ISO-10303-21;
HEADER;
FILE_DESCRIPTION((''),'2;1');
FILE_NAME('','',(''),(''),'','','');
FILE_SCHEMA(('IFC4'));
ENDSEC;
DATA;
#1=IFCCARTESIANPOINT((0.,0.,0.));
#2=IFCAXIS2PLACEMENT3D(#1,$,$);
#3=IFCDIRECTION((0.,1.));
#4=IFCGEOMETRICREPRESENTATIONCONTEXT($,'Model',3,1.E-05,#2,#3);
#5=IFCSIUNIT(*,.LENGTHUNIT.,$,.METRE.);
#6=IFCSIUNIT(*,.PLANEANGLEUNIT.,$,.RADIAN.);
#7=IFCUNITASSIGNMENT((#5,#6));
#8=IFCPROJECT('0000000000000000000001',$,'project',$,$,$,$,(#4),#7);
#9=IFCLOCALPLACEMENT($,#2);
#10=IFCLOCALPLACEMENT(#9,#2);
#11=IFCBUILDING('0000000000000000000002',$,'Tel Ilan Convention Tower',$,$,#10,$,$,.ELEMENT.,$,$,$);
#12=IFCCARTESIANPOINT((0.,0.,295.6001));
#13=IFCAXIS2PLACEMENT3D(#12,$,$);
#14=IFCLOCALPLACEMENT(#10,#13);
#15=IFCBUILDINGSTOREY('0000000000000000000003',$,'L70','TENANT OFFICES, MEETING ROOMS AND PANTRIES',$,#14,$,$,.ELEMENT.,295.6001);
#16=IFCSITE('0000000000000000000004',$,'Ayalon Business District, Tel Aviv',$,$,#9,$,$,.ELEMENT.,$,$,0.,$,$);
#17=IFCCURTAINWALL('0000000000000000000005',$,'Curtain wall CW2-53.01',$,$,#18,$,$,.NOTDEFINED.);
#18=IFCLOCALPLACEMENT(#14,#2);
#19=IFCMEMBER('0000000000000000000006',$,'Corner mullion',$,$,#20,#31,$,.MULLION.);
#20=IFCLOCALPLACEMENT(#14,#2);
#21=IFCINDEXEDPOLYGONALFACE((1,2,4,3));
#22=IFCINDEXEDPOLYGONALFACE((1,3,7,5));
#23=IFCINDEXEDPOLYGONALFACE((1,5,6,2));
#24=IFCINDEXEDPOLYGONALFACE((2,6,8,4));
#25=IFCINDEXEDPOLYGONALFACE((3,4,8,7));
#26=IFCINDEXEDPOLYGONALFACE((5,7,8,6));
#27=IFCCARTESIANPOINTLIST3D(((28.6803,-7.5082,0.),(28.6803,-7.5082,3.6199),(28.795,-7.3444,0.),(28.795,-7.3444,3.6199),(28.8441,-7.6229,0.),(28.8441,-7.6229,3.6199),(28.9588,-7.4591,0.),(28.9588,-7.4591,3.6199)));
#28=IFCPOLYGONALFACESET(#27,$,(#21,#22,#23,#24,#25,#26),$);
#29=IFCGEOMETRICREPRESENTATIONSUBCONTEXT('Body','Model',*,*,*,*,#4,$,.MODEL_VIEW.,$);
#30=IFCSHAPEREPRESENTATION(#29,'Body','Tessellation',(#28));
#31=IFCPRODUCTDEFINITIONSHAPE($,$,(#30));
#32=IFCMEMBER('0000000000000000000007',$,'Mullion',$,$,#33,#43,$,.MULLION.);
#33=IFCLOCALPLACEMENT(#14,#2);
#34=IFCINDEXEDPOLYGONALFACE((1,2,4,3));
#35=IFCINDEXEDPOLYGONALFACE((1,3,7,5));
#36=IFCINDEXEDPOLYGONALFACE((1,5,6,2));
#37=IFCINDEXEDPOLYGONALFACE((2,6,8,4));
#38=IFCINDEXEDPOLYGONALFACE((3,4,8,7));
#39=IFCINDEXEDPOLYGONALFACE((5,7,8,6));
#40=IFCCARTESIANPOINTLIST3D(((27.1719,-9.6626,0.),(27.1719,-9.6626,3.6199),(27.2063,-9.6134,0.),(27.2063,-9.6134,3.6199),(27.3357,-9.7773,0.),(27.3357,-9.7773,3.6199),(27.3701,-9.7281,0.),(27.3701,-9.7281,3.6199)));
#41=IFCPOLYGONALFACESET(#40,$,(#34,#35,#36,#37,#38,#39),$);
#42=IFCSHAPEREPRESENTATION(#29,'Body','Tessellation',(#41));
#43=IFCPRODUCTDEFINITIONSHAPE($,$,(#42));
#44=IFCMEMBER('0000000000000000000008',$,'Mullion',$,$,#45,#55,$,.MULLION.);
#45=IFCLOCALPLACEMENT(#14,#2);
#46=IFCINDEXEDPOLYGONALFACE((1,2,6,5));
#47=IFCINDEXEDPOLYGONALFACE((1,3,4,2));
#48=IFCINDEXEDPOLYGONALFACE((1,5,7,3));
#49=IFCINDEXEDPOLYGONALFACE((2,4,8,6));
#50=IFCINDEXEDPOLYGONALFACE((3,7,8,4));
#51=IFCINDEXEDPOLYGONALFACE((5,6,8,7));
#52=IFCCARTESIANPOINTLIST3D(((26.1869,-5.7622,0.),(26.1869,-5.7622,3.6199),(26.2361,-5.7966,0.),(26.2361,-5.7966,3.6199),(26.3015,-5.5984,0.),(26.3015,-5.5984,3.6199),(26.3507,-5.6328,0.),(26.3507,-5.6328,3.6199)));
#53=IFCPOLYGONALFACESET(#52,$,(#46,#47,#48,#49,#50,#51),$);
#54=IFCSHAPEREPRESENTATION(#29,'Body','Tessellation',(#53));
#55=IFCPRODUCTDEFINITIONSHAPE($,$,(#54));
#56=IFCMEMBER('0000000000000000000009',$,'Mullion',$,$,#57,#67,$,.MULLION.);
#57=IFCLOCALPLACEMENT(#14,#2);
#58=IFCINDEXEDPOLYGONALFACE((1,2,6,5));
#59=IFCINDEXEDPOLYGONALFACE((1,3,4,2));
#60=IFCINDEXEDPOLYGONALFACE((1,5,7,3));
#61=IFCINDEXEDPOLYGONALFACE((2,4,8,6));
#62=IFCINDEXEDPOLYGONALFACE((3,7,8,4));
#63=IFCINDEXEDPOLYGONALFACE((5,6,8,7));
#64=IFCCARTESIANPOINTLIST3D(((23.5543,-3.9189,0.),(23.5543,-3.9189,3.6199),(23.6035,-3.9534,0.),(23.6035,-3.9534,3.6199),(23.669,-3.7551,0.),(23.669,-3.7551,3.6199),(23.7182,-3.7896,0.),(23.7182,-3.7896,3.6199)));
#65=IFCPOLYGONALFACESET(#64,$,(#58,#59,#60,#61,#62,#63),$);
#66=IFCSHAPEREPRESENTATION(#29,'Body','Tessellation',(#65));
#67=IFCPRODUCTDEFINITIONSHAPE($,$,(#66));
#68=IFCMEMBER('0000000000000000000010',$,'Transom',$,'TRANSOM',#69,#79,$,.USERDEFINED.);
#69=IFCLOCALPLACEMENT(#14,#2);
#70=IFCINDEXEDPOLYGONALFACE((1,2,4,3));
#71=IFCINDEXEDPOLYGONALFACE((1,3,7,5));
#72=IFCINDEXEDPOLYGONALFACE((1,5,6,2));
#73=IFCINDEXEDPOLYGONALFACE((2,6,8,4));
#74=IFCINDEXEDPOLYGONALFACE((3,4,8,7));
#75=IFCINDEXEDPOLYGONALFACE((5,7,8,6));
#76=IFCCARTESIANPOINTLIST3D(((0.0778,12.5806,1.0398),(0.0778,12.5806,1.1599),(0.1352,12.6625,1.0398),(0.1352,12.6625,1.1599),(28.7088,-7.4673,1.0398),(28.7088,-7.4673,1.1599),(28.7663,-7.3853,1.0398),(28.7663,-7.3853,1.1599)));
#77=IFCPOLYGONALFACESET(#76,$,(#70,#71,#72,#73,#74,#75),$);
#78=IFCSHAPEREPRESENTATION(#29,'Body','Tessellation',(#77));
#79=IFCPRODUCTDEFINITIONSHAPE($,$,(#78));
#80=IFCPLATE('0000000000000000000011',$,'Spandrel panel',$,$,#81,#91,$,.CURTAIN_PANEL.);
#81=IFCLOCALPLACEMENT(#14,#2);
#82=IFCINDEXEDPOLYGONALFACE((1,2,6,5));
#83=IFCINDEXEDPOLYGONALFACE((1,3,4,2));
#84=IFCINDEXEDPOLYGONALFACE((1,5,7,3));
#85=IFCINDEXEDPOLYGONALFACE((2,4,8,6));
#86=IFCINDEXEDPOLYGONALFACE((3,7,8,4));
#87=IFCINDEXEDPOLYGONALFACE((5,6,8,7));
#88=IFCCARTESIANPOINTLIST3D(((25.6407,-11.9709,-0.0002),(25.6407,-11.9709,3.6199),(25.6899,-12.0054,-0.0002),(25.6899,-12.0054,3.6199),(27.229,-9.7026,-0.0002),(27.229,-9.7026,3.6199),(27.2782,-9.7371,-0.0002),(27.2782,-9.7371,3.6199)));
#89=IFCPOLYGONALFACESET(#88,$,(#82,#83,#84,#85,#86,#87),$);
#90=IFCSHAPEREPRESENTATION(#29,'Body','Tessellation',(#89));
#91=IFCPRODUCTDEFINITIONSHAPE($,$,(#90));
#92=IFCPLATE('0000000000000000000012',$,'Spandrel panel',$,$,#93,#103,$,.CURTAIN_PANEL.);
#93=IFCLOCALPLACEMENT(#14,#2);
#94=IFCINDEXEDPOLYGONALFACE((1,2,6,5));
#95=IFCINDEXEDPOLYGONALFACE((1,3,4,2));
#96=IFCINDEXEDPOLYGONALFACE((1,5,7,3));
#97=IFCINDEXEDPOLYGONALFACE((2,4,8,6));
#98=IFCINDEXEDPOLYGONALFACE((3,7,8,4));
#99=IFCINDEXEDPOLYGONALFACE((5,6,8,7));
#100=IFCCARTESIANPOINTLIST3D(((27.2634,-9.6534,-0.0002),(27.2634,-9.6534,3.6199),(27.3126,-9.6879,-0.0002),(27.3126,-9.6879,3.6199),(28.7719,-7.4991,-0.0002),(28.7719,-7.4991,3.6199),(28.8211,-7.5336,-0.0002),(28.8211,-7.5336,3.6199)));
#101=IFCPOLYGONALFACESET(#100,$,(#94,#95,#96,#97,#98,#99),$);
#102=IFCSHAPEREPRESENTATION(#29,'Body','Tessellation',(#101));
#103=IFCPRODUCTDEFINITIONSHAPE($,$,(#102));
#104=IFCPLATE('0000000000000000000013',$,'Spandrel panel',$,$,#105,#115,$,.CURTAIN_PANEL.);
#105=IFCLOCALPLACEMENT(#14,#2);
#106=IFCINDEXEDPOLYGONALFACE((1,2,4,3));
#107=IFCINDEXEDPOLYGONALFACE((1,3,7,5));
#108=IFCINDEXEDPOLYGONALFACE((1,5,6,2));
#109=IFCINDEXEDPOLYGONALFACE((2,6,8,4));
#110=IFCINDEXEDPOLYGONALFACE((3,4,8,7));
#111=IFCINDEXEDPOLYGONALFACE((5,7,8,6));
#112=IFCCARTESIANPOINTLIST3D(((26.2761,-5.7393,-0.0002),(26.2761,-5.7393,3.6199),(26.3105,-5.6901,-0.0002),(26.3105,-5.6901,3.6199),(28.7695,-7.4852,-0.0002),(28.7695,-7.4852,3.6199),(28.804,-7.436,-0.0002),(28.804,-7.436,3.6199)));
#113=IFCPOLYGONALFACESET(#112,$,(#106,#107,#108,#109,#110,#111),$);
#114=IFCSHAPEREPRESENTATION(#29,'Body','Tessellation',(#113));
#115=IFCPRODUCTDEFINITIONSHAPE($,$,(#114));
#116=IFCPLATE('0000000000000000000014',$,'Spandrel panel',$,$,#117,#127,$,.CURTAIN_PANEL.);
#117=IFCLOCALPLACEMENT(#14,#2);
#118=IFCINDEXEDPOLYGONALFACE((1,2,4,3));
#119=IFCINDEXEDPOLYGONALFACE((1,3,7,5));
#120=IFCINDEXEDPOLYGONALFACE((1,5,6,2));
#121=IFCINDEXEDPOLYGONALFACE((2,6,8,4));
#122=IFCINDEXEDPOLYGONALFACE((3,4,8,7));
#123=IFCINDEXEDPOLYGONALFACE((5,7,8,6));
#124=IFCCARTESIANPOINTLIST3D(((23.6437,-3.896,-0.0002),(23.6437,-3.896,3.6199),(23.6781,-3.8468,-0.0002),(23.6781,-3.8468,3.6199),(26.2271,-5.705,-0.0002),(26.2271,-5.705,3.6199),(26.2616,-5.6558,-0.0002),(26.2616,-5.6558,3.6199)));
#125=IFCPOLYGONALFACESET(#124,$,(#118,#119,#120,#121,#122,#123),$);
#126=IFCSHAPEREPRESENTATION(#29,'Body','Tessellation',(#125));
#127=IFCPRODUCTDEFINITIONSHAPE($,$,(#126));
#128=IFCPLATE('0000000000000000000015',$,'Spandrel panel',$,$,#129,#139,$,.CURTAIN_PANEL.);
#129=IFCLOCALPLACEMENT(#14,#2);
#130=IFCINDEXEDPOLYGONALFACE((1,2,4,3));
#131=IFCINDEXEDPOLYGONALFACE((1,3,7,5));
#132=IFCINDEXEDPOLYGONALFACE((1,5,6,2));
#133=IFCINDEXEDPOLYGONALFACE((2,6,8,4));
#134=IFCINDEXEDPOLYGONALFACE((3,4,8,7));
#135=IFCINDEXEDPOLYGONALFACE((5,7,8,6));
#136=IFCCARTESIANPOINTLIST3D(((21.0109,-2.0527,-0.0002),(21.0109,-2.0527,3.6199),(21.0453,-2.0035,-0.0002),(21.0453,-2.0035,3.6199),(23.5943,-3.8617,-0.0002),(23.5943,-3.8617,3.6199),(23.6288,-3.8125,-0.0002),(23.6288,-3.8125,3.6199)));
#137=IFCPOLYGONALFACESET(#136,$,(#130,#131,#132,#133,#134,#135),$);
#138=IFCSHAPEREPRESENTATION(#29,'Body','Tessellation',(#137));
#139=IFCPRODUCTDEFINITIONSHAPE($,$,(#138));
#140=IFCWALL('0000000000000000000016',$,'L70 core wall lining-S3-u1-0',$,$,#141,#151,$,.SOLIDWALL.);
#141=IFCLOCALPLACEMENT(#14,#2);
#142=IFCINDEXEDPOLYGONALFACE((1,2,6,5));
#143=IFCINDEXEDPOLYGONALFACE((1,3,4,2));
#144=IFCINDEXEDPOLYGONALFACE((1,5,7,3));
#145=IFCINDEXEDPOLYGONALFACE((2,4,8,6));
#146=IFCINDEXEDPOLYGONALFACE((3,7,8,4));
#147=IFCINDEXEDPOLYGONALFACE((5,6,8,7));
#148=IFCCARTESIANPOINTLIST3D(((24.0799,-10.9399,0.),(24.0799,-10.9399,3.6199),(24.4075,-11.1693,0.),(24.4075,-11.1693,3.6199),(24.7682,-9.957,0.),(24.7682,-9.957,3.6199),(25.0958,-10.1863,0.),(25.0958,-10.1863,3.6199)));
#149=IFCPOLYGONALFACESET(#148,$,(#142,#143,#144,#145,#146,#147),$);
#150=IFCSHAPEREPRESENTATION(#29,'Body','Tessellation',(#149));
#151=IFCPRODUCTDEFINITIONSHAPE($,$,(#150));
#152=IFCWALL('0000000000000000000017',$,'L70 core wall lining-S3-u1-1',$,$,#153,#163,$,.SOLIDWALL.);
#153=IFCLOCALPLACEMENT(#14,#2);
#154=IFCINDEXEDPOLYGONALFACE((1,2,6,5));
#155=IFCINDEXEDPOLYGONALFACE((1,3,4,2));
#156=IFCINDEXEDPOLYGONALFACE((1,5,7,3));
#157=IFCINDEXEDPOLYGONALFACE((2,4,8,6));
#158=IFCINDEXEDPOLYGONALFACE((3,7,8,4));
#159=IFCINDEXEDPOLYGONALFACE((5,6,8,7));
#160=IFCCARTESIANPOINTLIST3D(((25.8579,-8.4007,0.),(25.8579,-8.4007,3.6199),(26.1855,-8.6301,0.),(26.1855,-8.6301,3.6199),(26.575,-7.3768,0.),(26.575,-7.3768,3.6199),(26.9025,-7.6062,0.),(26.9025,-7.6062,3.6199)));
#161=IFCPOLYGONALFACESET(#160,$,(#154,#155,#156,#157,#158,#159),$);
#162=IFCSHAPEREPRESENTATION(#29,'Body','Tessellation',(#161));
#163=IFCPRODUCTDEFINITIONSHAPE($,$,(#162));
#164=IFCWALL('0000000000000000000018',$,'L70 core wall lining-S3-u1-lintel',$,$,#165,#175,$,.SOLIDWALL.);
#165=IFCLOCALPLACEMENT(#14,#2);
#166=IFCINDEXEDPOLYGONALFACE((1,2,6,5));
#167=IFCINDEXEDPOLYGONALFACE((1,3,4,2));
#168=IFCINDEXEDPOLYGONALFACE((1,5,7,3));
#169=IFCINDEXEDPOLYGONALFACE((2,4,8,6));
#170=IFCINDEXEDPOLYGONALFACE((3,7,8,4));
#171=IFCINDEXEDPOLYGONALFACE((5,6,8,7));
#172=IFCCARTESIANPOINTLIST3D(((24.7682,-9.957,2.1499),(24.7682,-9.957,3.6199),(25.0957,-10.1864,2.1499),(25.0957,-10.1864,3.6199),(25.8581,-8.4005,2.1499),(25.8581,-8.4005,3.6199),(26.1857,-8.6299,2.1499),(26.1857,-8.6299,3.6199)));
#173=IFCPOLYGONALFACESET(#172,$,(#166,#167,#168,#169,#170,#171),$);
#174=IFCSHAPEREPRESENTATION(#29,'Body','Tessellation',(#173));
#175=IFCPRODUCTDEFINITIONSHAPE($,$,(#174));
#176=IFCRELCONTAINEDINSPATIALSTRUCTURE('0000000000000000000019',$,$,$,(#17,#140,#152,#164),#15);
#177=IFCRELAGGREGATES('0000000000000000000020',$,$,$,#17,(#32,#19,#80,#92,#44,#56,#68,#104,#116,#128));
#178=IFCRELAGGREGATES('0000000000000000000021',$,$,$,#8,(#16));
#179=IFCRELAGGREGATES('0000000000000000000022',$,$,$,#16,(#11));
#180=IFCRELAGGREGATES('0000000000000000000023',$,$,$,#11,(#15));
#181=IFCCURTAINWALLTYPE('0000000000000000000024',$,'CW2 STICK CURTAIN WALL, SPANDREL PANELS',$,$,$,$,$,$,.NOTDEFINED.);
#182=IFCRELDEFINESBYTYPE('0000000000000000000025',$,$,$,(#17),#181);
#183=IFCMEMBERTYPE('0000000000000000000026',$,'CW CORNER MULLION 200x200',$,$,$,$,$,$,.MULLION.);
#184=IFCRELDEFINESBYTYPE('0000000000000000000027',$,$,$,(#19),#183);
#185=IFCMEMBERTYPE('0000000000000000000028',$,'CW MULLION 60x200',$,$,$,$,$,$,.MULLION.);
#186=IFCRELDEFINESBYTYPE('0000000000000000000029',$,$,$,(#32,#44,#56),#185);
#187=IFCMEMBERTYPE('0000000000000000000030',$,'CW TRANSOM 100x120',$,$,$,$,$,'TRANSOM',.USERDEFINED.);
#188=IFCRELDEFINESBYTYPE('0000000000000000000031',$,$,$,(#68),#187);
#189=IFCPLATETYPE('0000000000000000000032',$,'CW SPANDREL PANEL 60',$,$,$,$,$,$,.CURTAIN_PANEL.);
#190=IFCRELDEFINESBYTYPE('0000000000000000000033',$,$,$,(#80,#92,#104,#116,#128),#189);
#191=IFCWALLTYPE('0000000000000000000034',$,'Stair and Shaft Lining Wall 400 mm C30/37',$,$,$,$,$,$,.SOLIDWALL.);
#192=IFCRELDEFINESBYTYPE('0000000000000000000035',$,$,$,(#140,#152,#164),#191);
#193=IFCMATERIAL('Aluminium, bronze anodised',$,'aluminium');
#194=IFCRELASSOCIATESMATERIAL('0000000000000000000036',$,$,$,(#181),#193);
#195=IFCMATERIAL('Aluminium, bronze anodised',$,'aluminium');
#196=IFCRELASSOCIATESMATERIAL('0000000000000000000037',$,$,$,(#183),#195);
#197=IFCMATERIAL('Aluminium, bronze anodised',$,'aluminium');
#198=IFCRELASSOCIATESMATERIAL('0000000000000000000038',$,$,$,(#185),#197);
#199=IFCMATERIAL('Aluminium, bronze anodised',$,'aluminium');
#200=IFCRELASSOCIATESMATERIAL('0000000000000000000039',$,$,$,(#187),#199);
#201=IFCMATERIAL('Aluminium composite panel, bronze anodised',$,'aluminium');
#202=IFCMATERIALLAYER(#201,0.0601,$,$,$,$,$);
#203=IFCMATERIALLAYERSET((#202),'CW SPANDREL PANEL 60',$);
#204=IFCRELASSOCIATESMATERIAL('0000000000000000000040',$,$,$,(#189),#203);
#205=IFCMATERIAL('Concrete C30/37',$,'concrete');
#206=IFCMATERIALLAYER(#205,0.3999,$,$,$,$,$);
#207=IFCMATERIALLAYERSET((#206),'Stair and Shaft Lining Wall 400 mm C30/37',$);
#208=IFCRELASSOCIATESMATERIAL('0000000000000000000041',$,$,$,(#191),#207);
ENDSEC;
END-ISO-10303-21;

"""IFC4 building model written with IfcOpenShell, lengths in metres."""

from ifc_helpers import new_model, si_unit, direction, frame, frame_2d, origin, origin_2d, place, context, subcontext, project, spatial, rectangle, extrude, material, layer, layer_set, material_profile, profile_set, type_object, element, aggregate, save


model = new_model("IFC4")

# Units and contexts
model_context = context("Model", 3, precision=1e-05, world=origin(), true_north=direction((0.0, 1.0)))
body_context = subcontext(model_context, "Body", "Model", "MODEL_VIEW")
ifc_project = project(units=[si_unit("LENGTHUNIT", "METRE"), si_unit("PLANEANGLEUNIT", "RADIAN")], contexts=[model_context])

# Site, building, storey
site_placement = place(None, origin())
site = spatial("IfcSite", under=ifc_project, at=site_placement, Name="Ayalon Business District, Tel Aviv", CompositionType="ELEMENT", RefElevation=0.0)
building_placement = place(site_placement, origin())
building = spatial("IfcBuilding", under=site, at=building_placement, Name="Tel Ilan Convention Tower", CompositionType="ELEMENT")
storey_placement = place(building_placement, frame((0.0, 0.0, 295.6001)))
storey = spatial("IfcBuildingStorey", under=building, at=storey_placement, Name="L70", Description="TENANT OFFICES, MEETING ROOMS AND PANTRIES", CompositionType="ELEMENT", Elevation=295.6001)

# Curtain wall, members, plates
ifc_material_1 = material(Name="Aluminium, bronze anodised", Category="aluminium")
curtain_wall_type = type_object("IfcCurtainWallType", Name="CW2 STICK CURTAIN WALL, SPANDREL PANELS", PredefinedType="NOTDEFINED", material=ifc_material_1)
curtain_wall_placement = place(storey_placement, origin())
curtain_wall = element("IfcCurtainWall", 1, at=curtain_wall_placement, inside=storey, type_object=curtain_wall_type, Name="Curtain wall CW2-53.01", PredefinedType="NOTDEFINED")
ifc_material_2 = material(Name="Aluminium, bronze anodised", Category="aluminium")
ifc_material_profile_1 = material_profile(ifc_material_2, rectangle(XDim=0.2, YDim=0.2, at=origin_2d()), Name="CW CORNER MULLION 200x200")
ifc_profile_set_1 = profile_set([ifc_material_profile_1], Name="Aluminium, bronze anodised")
member_type_1 = type_object("IfcMemberType", Name="CW CORNER MULLION 200x200", PredefinedType="MULLION", material=ifc_profile_set_1)
member_1_placement = place(storey_placement, frame((28.8196, -7.4836, 0.0), z_axis=(0.0, 0.0, 1.0), x_axis=(0.573576, 0.819152, 0.0)))
member_1 = element("IfcMember", 2, at=member_1_placement, type_object=member_type_1, Name="Corner mullion", PredefinedType="MULLION", context=body_context, shape_type="SweptSolid", body=[
    extrude(rectangle(XDim=0.2, YDim=0.2, at=origin_2d()), origin(), (0.0, 0.0, 1.0), 3.6199),
])
ifc_material_3 = material(Name="Aluminium, bronze anodised", Category="aluminium")
ifc_material_profile_2 = material_profile(ifc_material_3, rectangle(XDim=0.0601, YDim=0.2, at=origin_2d()), Name="CW MULLION 60x200")
ifc_profile_set_2 = profile_set([ifc_material_profile_2], Name="Aluminium, bronze anodised")
member_type_2 = type_object("IfcMemberType", Name="CW MULLION 60x200", PredefinedType="MULLION", material=ifc_profile_set_2)
member_2_placement = place(storey_placement, frame((27.271, -9.6953, 0.0), z_axis=(0.0, 0.0, 1.0), x_axis=(0.573576, 0.819152, 0.0)))
member_2 = element("IfcMember", 3, at=member_2_placement, type_object=member_type_2, Name="Mullion", PredefinedType="MULLION", context=body_context, shape_type="SweptSolid", body=[
    extrude(rectangle(XDim=0.0601, YDim=0.2, at=origin_2d()), origin(), (0.0, 0.0, 1.0), 3.6199),
])
member_3_placement = place(storey_placement, frame((26.2688, -5.6975, 0.0), z_axis=(0.0, 0.0, 1.0), x_axis=(-0.819152, 0.573576, 0.0)))
member_3 = element("IfcMember", 4, at=member_3_placement, type_object=member_type_2, Name="Mullion", PredefinedType="MULLION", context=body_context, shape_type="SweptSolid", body=[
    extrude(rectangle(XDim=0.0601, YDim=0.2, at=origin_2d()), origin(), (0.0, 0.0, 1.0), 3.6199),
])
member_4_placement = place(storey_placement, frame((23.6362, -3.8542, 0.0), z_axis=(0.0, 0.0, 1.0), x_axis=(-0.819152, 0.573576, 0.0)))
member_4 = element("IfcMember", 5, at=member_4_placement, type_object=member_type_2, Name="Mullion", PredefinedType="MULLION", context=body_context, shape_type="SweptSolid", body=[
    extrude(rectangle(XDim=0.0601, YDim=0.2, at=origin_2d()), origin(), (0.0, 0.0, 1.0), 3.6199),
])
ifc_material_4 = material(Name="Aluminium, bronze anodised", Category="aluminium")
ifc_material_profile_3 = material_profile(ifc_material_4, rectangle(XDim=0.1001, YDim=0.1201, at=origin_2d()), Name="CW TRANSOM 100x120")
ifc_profile_set_3 = profile_set([ifc_material_profile_3], Name="Aluminium, bronze anodised")
member_type_3 = type_object("IfcMemberType", Name="CW TRANSOM 100x120", ElementType="TRANSOM", PredefinedType="USERDEFINED", material=ifc_profile_set_3)
member_5_placement = place(storey_placement, frame((28.7375, -7.4263, 1.0999), z_axis=(-0.81915, 0.573579, 0.0), x_axis=(-0.573579, -0.81915, 0.0)))
member_5 = element("IfcMember", 6, at=member_5_placement, type_object=member_type_3, Name="Transom", ObjectType="TRANSOM", PredefinedType="USERDEFINED", context=body_context, shape_type="SweptSolid", body=[
    extrude(rectangle(XDim=0.1001, YDim=0.1201, at=origin_2d()), origin(), (0.0, 0.0, 1.0), 34.9521),
])
ifc_material_5 = material(Name="Aluminium composite panel, bronze anodised", Category="aluminium")
ifc_layer_1 = layer(ifc_material_5, 0.0601)
ifc_layer_set_1 = layer_set([ifc_layer_1], Name="CW SPANDREL PANEL 60")
plate_type = type_object("IfcPlateType", Name="CW SPANDREL PANEL 60", PredefinedType="CURTAIN_PANEL", material=ifc_layer_set_1)
plate_1_placement = place(storey_placement, frame((26.4595, -10.854, -0.0002), z_axis=(0.0, 0.0, 1.0), x_axis=(0.573576, 0.819152, 0.0)))
plate_1 = element("IfcPlate", 7, at=plate_1_placement, type_object=plate_type, Name="Spandrel panel", PredefinedType="CURTAIN_PANEL", context=body_context, shape_type="SweptSolid", body=[
    extrude(rectangle(XDim=2.769, YDim=0.0601, at=origin_2d()), origin(), (0.0, 0.0, 1.0), 3.6201),
])
plate_2_placement = place(storey_placement, frame((28.0422, -8.5935, -0.0002), z_axis=(0.0, 0.0, 1.0), x_axis=(0.573576, 0.819152, 0.0)))
plate_2 = element("IfcPlate", 8, at=plate_2_placement, type_object=plate_type, Name="Spandrel panel", PredefinedType="CURTAIN_PANEL", context=body_context, shape_type="SweptSolid", body=[
    extrude(rectangle(XDim=2.6299, YDim=0.0601, at=origin_2d()), origin(), (0.0, 0.0, 1.0), 3.6201),
])
plate_3_placement = place(storey_placement, frame((27.54, -6.5876, -0.0002), z_axis=(0.0, 0.0, 1.0), x_axis=(-0.819152, 0.573576, 0.0)))
plate_3 = element("IfcPlate", 9, at=plate_3_placement, type_object=plate_type, Name="Spandrel panel", PredefinedType="CURTAIN_PANEL", context=body_context, shape_type="SweptSolid", body=[
    extrude(rectangle(XDim=3.0439, YDim=0.0601, at=origin_2d()), origin(), (0.0, 0.0, 1.0), 3.6201),
])
plate_4_placement = place(storey_placement, frame((24.9526, -4.7759, -0.0002), z_axis=(0.0, 0.0, 1.0), x_axis=(-0.819152, 0.573576, 0.0)))
plate_4 = element("IfcPlate", 10, at=plate_4_placement, type_object=plate_type, Name="Spandrel panel", PredefinedType="CURTAIN_PANEL", context=body_context, shape_type="SweptSolid", body=[
    extrude(rectangle(XDim=3.1538, YDim=0.0601, at=origin_2d()), origin(), (0.0, 0.0, 1.0), 3.6201),
])
plate_5_placement = place(storey_placement, frame((22.3198, -2.9326, -0.0002), z_axis=(0.0, 0.0, 1.0), x_axis=(-0.819152, 0.573576, 0.0)))
plate_5 = element("IfcPlate", 11, at=plate_5_placement, type_object=plate_type, Name="Spandrel panel", PredefinedType="CURTAIN_PANEL", context=body_context, shape_type="SweptSolid", body=[
    extrude(rectangle(XDim=3.1538, YDim=0.0601, at=origin_2d()), origin(), (0.0, 0.0, 1.0), 3.6201),
])
aggregate(curtain_wall, [member_2, member_1, plate_1, plate_2, member_3, member_4, member_5, plate_3, plate_4, plate_5])

# Walls
ifc_material_6 = material(Name="Concrete C30/37", Category="concrete")
ifc_layer_2 = layer(ifc_material_6, 0.3999)
ifc_layer_set_2 = layer_set([ifc_layer_2], Name="Stair and Shaft Lining Wall 400 mm C30/37")
wall_type = type_object("IfcWallType", Name="Stair and Shaft Lining Wall 400 mm C30/37", PredefinedType="SOLIDWALL", material=ifc_layer_set_2)
wall_1_placement = place(storey_placement, frame((24.2437, -11.0547, 0.0), z_axis=(0.0, 0.0, 1.0), x_axis=(0.573572, 0.819155, 0.0)))
element("IfcWall", 12, at=wall_1_placement, inside=storey, type_object=wall_type, Name="L70 core wall lining-S3-u1-0", PredefinedType="SOLIDWALL", context=body_context, shape_type="SweptSolid", body=[
    extrude(rectangle(XDim=1.2, YDim=0.3999, at=frame_2d((0.6001, 0.0))), origin(), (0.0, 0.0, 1.0), 3.6199),
])
wall_2_placement = place(storey_placement, frame((26.0217, -8.5154, 0.0), z_axis=(0.0, 0.0, 1.0), x_axis=(0.57362, 0.819122, 0.0)))
element("IfcWall", 13, at=wall_2_placement, inside=storey, type_object=wall_type, Name="L70 core wall lining-S3-u1-1", PredefinedType="SOLIDWALL", context=body_context, shape_type="SweptSolid", body=[
    extrude(rectangle(XDim=1.25, YDim=0.3999, at=frame_2d((0.625, 0.0))), origin(), (0.0, 0.0, 1.0), 3.6199),
])
wall_3_placement = place(storey_placement, frame((24.9319, -10.0718, 2.1499), z_axis=(0.0, 0.0, 1.0), x_axis=(0.573592, 0.819141, 0.0)))
element("IfcWall", 14, at=wall_3_placement, inside=storey, type_object=wall_type, Name="L70 core wall lining-S3-u1-lintel", PredefinedType="SOLIDWALL", context=body_context, shape_type="SweptSolid", body=[
    extrude(rectangle(XDim=1.9001, YDim=0.3999, at=frame_2d((0.9502, 0.0))), origin(), (0.0, 0.0, 1.0), 1.47),
])

save(model, "model.ifc")
